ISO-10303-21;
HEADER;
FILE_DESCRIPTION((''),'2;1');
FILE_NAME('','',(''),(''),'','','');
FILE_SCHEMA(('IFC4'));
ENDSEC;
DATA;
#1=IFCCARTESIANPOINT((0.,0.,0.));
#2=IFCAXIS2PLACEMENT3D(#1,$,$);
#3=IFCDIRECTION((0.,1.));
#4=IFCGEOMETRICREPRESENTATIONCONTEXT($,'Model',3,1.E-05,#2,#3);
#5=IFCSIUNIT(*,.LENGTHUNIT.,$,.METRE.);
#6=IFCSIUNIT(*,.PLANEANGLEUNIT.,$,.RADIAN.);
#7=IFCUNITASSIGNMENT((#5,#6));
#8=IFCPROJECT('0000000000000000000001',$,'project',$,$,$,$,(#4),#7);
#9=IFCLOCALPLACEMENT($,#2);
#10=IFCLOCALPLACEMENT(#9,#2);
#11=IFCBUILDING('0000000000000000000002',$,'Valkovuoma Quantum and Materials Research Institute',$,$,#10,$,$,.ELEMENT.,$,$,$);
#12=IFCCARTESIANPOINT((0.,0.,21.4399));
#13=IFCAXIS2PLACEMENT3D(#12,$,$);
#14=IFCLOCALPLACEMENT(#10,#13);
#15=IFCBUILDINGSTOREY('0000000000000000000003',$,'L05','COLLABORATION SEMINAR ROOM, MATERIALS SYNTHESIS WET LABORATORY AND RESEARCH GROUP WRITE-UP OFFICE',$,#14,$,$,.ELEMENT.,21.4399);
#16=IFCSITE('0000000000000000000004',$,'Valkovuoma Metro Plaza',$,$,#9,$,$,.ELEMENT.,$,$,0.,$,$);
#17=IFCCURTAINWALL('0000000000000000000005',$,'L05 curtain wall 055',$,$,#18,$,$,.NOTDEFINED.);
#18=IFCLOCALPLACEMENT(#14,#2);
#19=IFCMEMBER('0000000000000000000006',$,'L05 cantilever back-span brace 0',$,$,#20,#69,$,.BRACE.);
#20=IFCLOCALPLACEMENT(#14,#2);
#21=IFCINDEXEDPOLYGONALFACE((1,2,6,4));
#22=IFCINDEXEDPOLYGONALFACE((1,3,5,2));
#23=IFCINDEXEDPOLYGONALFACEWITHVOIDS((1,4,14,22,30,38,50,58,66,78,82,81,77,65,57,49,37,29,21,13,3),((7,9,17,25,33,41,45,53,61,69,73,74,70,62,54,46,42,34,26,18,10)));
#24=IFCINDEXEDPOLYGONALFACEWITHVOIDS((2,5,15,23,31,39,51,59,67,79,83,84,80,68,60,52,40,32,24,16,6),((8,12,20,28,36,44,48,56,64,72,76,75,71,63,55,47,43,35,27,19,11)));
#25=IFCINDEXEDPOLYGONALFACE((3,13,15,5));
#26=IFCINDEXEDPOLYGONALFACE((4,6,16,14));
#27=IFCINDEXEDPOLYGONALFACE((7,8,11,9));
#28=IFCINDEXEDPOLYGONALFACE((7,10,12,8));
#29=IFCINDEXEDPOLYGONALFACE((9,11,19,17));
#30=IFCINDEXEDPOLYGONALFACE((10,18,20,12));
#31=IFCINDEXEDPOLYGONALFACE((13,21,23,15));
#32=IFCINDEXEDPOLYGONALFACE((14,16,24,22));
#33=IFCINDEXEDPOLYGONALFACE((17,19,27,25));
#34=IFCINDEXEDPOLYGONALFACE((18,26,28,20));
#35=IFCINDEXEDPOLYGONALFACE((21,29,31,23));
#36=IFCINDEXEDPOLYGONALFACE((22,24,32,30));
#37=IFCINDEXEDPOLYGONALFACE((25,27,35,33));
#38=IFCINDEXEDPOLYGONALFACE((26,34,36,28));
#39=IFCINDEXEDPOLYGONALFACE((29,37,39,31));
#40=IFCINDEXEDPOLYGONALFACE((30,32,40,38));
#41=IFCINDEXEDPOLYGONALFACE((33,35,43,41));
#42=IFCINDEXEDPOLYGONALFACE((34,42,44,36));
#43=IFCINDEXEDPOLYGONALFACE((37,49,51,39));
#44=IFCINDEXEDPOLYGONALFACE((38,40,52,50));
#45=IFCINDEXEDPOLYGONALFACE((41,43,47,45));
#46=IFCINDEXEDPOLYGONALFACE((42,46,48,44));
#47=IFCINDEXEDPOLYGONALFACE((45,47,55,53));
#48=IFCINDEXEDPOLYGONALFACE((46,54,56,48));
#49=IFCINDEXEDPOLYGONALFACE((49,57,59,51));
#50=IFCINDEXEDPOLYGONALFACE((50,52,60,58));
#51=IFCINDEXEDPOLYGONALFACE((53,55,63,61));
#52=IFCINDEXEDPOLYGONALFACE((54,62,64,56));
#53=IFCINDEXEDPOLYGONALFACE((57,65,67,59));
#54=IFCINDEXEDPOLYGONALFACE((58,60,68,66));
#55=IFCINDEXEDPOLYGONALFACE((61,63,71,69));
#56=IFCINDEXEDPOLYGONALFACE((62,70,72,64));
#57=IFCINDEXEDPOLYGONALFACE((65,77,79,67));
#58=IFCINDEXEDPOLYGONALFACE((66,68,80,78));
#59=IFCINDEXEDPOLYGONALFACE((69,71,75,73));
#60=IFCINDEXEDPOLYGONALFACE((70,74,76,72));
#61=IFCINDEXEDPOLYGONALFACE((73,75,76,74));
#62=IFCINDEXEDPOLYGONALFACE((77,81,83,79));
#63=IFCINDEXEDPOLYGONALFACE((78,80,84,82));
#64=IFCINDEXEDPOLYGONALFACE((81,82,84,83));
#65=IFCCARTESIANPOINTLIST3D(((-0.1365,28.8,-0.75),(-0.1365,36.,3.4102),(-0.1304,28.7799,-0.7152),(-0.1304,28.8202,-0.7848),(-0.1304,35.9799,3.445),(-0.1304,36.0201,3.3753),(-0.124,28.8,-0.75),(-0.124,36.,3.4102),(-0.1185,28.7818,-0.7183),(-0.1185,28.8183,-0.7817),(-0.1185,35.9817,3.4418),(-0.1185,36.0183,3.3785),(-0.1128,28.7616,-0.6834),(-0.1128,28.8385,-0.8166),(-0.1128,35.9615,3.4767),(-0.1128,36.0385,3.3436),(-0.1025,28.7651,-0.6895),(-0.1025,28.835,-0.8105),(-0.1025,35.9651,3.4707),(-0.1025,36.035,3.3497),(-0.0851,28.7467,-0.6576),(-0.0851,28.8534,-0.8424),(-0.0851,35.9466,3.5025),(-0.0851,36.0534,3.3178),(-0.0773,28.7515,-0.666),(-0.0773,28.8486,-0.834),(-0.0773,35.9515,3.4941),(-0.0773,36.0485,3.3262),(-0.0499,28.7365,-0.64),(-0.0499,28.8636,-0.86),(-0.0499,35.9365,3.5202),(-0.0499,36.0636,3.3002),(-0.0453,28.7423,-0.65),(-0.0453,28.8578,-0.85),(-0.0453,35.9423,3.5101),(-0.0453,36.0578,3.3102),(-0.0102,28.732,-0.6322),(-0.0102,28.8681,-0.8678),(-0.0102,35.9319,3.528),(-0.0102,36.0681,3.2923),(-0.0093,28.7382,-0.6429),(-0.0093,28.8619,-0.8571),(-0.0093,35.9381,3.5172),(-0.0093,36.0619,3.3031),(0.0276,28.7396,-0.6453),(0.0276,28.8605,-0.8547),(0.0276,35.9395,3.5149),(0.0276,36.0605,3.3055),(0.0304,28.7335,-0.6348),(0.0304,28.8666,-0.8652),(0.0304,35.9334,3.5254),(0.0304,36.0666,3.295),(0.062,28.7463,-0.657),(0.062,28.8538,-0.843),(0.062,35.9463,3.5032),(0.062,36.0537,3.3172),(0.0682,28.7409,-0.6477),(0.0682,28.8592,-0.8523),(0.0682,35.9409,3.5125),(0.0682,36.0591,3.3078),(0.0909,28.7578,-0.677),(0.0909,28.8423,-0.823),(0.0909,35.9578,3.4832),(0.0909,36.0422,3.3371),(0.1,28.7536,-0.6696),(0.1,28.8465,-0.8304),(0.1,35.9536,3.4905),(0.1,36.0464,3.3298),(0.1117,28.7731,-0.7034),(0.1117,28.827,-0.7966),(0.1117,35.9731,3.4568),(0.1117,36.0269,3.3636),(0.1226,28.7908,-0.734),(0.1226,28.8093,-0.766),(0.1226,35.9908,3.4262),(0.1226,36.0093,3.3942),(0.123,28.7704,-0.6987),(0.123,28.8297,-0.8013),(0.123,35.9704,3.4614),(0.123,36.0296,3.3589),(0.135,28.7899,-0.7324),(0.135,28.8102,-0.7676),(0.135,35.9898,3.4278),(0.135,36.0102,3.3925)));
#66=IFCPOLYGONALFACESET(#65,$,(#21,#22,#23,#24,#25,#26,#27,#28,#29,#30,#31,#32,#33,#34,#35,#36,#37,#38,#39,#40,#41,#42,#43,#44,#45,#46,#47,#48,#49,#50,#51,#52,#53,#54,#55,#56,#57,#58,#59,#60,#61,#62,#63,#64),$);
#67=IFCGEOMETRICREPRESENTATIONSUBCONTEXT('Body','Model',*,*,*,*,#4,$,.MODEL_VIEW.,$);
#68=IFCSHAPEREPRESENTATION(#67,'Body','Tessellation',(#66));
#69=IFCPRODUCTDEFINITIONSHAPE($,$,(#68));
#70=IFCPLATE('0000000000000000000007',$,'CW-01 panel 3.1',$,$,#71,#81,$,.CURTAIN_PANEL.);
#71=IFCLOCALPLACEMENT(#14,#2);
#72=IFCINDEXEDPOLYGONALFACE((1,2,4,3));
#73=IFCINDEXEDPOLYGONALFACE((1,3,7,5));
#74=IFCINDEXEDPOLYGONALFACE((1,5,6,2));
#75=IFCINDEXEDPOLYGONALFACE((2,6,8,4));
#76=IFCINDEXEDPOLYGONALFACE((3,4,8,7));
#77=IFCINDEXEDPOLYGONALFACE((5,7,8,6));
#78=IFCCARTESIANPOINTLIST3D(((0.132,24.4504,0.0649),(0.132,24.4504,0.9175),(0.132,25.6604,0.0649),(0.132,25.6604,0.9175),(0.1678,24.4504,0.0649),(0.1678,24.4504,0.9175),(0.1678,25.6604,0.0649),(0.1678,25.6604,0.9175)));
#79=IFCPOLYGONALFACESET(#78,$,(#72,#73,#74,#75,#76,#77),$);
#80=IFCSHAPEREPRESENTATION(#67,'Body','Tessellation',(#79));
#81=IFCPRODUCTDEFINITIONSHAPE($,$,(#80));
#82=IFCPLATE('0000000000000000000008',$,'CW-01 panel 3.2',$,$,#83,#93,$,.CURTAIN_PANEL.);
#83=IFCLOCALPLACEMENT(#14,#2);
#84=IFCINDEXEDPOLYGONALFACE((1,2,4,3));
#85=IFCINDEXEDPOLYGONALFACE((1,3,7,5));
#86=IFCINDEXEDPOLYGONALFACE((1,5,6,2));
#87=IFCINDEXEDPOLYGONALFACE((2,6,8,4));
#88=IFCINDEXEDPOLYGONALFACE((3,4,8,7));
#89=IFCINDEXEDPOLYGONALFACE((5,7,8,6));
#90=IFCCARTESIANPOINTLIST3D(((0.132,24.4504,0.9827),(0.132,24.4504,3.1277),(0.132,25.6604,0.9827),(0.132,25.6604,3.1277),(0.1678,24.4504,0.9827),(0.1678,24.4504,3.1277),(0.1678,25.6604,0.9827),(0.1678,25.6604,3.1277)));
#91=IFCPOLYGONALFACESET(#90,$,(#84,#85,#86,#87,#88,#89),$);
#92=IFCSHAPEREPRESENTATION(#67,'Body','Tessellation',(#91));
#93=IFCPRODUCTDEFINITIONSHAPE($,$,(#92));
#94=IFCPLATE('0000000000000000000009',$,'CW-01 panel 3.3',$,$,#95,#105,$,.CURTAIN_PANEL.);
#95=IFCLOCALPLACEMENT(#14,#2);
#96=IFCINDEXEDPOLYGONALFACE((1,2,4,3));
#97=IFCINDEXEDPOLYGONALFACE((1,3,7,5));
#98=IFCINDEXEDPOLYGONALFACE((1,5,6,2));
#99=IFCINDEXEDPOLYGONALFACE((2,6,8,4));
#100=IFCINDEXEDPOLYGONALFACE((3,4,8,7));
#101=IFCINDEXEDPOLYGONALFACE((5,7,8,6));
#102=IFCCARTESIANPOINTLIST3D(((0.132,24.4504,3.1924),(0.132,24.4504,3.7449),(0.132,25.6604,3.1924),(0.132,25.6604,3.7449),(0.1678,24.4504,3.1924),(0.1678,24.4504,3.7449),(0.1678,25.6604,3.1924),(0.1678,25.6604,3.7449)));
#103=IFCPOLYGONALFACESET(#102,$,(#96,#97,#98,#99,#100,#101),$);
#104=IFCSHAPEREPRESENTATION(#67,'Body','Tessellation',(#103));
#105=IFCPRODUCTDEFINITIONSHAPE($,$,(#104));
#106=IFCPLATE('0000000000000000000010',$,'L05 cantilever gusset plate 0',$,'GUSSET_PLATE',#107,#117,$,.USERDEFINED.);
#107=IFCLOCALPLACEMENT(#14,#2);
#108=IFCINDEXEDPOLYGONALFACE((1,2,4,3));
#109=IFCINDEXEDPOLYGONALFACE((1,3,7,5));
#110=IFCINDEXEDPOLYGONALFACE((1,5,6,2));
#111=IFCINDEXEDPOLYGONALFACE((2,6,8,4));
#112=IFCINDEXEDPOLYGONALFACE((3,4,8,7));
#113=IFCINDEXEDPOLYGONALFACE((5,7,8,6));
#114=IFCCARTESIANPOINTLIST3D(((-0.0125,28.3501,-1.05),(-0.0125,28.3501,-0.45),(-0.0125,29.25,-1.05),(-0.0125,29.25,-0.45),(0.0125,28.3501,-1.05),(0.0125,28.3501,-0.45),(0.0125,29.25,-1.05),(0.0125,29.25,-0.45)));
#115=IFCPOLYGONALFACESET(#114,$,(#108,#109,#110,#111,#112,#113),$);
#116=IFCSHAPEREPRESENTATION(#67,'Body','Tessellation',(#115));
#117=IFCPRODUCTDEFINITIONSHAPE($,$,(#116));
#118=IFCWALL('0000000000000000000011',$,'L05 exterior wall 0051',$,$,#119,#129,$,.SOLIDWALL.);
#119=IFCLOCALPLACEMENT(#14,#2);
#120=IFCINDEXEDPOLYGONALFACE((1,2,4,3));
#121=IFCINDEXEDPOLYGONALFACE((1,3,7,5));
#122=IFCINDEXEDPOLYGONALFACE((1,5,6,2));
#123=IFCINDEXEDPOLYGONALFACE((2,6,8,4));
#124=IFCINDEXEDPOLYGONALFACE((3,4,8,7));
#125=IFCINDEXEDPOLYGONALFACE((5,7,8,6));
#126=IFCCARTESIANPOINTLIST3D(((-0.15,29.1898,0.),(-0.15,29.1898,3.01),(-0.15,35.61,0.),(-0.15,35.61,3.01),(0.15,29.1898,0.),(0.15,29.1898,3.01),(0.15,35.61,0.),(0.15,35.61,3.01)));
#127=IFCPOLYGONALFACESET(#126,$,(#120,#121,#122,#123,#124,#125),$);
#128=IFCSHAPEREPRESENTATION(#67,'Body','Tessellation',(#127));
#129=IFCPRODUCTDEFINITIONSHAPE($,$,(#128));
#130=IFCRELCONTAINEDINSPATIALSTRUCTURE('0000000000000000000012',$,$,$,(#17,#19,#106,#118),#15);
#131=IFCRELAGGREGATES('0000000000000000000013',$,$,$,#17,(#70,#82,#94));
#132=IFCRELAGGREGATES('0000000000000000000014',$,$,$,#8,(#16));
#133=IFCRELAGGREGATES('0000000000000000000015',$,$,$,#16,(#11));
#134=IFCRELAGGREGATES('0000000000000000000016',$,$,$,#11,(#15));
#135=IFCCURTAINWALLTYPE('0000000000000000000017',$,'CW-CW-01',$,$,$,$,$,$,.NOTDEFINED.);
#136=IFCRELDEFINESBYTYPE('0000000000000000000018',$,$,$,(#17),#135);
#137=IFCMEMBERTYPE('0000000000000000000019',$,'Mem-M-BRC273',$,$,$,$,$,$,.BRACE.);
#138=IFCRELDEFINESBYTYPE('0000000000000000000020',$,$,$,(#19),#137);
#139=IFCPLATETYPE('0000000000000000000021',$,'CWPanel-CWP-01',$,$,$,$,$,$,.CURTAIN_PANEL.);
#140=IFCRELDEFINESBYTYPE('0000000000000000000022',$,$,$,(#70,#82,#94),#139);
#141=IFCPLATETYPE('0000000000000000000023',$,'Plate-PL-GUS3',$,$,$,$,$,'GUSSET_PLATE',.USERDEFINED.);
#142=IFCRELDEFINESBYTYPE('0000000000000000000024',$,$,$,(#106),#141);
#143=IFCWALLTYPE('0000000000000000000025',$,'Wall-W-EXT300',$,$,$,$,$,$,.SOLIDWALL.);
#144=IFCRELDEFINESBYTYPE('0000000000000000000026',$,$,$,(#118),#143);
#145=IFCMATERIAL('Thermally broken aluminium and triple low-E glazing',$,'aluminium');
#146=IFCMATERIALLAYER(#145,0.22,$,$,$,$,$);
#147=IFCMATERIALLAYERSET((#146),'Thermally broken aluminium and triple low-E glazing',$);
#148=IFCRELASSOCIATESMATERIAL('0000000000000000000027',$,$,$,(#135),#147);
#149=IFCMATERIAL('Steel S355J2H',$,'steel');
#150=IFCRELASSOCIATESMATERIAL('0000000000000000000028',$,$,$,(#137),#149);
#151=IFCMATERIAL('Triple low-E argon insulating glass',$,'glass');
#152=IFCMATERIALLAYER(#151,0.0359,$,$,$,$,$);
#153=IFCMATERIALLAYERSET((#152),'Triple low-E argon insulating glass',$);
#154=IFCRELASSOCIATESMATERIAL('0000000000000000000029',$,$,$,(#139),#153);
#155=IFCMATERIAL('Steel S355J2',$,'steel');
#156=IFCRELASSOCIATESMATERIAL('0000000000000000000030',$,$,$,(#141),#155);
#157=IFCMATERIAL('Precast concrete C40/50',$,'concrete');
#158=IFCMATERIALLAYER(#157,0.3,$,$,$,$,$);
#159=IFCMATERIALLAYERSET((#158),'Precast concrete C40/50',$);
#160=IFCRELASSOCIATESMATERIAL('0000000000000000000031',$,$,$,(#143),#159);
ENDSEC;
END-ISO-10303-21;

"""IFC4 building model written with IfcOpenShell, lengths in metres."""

from ifc_helpers import new_model, si_unit, direction, frame, frame_2d, origin, origin_2d, place, context, subcontext, project, spatial, rectangle, hollow_circle, extrude, material, layer, layer_set, material_profile, profile_set, type_object, element, aggregate, save


model = new_model("IFC4")

# Units and contexts
model_context = context("Model", 3, precision=1e-05, world=origin(), true_north=direction((0.0, 1.0)))
body_context = subcontext(model_context, "Body", "Model", "MODEL_VIEW")
ifc_project = project(units=[si_unit("LENGTHUNIT", "METRE"), si_unit("PLANEANGLEUNIT", "RADIAN")], contexts=[model_context])

# Site, building, storey
site_placement = place(None, origin())
site = spatial("IfcSite", under=ifc_project, at=site_placement, Name="Valkovuoma Metro Plaza", CompositionType="ELEMENT", RefElevation=0.0)
building_placement = place(site_placement, origin())
building = spatial("IfcBuilding", under=site, at=building_placement, Name="Valkovuoma Quantum and Materials Research Institute", CompositionType="ELEMENT")
storey_placement = place(building_placement, frame((0.0, 0.0, 21.4399)))
storey = spatial("IfcBuildingStorey", under=building, at=storey_placement, Name="L05", Description="COLLABORATION SEMINAR ROOM, MATERIALS SYNTHESIS WET LABORATORY AND RESEARCH GROUP WRITE-UP OFFICE", CompositionType="ELEMENT", Elevation=21.4399)

# Curtain wall
ifc_material_1 = material(Name="Thermally broken aluminium and triple low-E glazing", Category="aluminium")
ifc_layer_1 = layer(ifc_material_1, 0.22)
ifc_layer_set_1 = layer_set([ifc_layer_1], Name="Thermally broken aluminium and triple low-E glazing")
curtain_wall_type = type_object("IfcCurtainWallType", Name="CW-CW-01", PredefinedType="NOTDEFINED", material=ifc_layer_set_1)
curtain_wall_placement = place(storey_placement, origin())
curtain_wall = element("IfcCurtainWall", 1, at=curtain_wall_placement, inside=storey, type_object=curtain_wall_type, Name="L05 curtain wall 055", PredefinedType="NOTDEFINED")

# Member
ifc_material_2 = material(Name="Steel S355J2H", Category="steel")
ifc_material_profile_1 = material_profile(ifc_material_2, hollow_circle(Radius=0.1365, WallThickness=0.0125, at=origin_2d()), Name="Steel S355J2H")
ifc_profile_set_1 = profile_set([ifc_material_profile_1], Name="Steel S355J2H")
member_type_1 = type_object("IfcMemberType", Name="Mem-M-BRC273", PredefinedType="BRACE", material=ifc_profile_set_1)
member_1_placement = place(storey_placement, frame((0.0, 28.8, -0.75), z_axis=(0.0, 0.865855, 0.500294), x_axis=(-1.0, 0.0, 0.0)))
element("IfcMember", 2, at=member_1_placement, inside=storey, type_object=member_type_1, Name="L05 cantilever back-span brace 0", PredefinedType="BRACE", context=body_context, shape_type="SweptSolid", body=[
    extrude(hollow_circle(Radius=0.1365, WallThickness=0.0125, at=origin_2d()), origin(), (0.0, 0.0, 1.0), 8.3154),
])

# Plates
ifc_material_3 = material(Name="Triple low-E argon insulating glass", Category="glass")
ifc_layer_2 = layer(ifc_material_3, 0.0359)
ifc_layer_set_2 = layer_set([ifc_layer_2], Name="Triple low-E argon insulating glass")
plate_type_1 = type_object("IfcPlateType", Name="CWPanel-CWP-01", PredefinedType="CURTAIN_PANEL", material=ifc_layer_set_2)
plate_1_placement = place(storey_placement, frame((0.1499, 25.0554, 0.0649), z_axis=(0.0, 0.0, 1.0), x_axis=(0.0, 1.0, 0.0)))
plate_1 = element("IfcPlate", 3, at=plate_1_placement, type_object=plate_type_1, Name="CW-01 panel 3.1", PredefinedType="CURTAIN_PANEL", context=body_context, shape_type="SweptSolid", body=[
    extrude(rectangle(XDim=1.21, YDim=0.0359, at=origin_2d()), origin(), (0.0, 0.0, 1.0), 0.8525),
])
plate_2_placement = place(storey_placement, frame((0.1499, 25.0554, 0.9827), z_axis=(0.0, 0.0, 1.0), x_axis=(0.0, 1.0, 0.0)))
plate_2 = element("IfcPlate", 4, at=plate_2_placement, type_object=plate_type_1, Name="CW-01 panel 3.2", PredefinedType="CURTAIN_PANEL", context=body_context, shape_type="SweptSolid", body=[
    extrude(rectangle(XDim=1.21, YDim=0.0359, at=origin_2d()), origin(), (0.0, 0.0, 1.0), 2.145),
])
plate_3_placement = place(storey_placement, frame((0.1499, 25.0554, 3.1924), z_axis=(0.0, 0.0, 1.0), x_axis=(0.0, 1.0, 0.0)))
plate_3 = element("IfcPlate", 5, at=plate_3_placement, type_object=plate_type_1, Name="CW-01 panel 3.3", PredefinedType="CURTAIN_PANEL", context=body_context, shape_type="SweptSolid", body=[
    extrude(rectangle(XDim=1.21, YDim=0.0359, at=origin_2d()), origin(), (0.0, 0.0, 1.0), 0.5525),
])
aggregate(curtain_wall, [plate_1, plate_2, plate_3])
ifc_material_4 = material(Name="Steel S355J2", Category="steel")
plate_type_2 = type_object("IfcPlateType", Name="Plate-PL-GUS3", ElementType="GUSSET_PLATE", PredefinedType="USERDEFINED", material=ifc_material_4)
plate_4_placement = place(storey_placement, frame((0.0, 28.8, -1.05), z_axis=(0.0, 0.0, 1.0), x_axis=(0.0, 1.0, 0.0)))
element("IfcPlate", 6, at=plate_4_placement, inside=storey, type_object=plate_type_2, Name="L05 cantilever gusset plate 0", ObjectType="GUSSET_PLATE", PredefinedType="USERDEFINED", context=body_context, shape_type="SweptSolid", body=[
    extrude(rectangle(XDim=0.8999, YDim=0.0249, at=origin_2d()), origin(), (0.0, 0.0, 1.0), 0.6001),
])

# Wall
ifc_material_5 = material(Name="Precast concrete C40/50", Category="concrete")
ifc_layer_3 = layer(ifc_material_5, 0.3)
ifc_layer_set_3 = layer_set([ifc_layer_3], Name="Precast concrete C40/50")
wall_type = type_object("IfcWallType", Name="Wall-W-EXT300", PredefinedType="SOLIDWALL", material=ifc_layer_set_3)
wall_placement = place(storey_placement, frame((0.0, 29.1899, 0.0), z_axis=(0.0, 0.0, 1.0), x_axis=(0.0, 1.0, 0.0)))
element("IfcWall", 7, at=wall_placement, inside=storey, type_object=wall_type, Name="L05 exterior wall 0051", PredefinedType="SOLIDWALL", context=body_context, shape_type="SweptSolid", body=[
    extrude(rectangle(XDim=6.4202, YDim=0.3, at=frame_2d((3.21, 0.0))), origin(), (0.0, 0.0, 1.0), 3.01),
])

save(model, "model.ifc")
